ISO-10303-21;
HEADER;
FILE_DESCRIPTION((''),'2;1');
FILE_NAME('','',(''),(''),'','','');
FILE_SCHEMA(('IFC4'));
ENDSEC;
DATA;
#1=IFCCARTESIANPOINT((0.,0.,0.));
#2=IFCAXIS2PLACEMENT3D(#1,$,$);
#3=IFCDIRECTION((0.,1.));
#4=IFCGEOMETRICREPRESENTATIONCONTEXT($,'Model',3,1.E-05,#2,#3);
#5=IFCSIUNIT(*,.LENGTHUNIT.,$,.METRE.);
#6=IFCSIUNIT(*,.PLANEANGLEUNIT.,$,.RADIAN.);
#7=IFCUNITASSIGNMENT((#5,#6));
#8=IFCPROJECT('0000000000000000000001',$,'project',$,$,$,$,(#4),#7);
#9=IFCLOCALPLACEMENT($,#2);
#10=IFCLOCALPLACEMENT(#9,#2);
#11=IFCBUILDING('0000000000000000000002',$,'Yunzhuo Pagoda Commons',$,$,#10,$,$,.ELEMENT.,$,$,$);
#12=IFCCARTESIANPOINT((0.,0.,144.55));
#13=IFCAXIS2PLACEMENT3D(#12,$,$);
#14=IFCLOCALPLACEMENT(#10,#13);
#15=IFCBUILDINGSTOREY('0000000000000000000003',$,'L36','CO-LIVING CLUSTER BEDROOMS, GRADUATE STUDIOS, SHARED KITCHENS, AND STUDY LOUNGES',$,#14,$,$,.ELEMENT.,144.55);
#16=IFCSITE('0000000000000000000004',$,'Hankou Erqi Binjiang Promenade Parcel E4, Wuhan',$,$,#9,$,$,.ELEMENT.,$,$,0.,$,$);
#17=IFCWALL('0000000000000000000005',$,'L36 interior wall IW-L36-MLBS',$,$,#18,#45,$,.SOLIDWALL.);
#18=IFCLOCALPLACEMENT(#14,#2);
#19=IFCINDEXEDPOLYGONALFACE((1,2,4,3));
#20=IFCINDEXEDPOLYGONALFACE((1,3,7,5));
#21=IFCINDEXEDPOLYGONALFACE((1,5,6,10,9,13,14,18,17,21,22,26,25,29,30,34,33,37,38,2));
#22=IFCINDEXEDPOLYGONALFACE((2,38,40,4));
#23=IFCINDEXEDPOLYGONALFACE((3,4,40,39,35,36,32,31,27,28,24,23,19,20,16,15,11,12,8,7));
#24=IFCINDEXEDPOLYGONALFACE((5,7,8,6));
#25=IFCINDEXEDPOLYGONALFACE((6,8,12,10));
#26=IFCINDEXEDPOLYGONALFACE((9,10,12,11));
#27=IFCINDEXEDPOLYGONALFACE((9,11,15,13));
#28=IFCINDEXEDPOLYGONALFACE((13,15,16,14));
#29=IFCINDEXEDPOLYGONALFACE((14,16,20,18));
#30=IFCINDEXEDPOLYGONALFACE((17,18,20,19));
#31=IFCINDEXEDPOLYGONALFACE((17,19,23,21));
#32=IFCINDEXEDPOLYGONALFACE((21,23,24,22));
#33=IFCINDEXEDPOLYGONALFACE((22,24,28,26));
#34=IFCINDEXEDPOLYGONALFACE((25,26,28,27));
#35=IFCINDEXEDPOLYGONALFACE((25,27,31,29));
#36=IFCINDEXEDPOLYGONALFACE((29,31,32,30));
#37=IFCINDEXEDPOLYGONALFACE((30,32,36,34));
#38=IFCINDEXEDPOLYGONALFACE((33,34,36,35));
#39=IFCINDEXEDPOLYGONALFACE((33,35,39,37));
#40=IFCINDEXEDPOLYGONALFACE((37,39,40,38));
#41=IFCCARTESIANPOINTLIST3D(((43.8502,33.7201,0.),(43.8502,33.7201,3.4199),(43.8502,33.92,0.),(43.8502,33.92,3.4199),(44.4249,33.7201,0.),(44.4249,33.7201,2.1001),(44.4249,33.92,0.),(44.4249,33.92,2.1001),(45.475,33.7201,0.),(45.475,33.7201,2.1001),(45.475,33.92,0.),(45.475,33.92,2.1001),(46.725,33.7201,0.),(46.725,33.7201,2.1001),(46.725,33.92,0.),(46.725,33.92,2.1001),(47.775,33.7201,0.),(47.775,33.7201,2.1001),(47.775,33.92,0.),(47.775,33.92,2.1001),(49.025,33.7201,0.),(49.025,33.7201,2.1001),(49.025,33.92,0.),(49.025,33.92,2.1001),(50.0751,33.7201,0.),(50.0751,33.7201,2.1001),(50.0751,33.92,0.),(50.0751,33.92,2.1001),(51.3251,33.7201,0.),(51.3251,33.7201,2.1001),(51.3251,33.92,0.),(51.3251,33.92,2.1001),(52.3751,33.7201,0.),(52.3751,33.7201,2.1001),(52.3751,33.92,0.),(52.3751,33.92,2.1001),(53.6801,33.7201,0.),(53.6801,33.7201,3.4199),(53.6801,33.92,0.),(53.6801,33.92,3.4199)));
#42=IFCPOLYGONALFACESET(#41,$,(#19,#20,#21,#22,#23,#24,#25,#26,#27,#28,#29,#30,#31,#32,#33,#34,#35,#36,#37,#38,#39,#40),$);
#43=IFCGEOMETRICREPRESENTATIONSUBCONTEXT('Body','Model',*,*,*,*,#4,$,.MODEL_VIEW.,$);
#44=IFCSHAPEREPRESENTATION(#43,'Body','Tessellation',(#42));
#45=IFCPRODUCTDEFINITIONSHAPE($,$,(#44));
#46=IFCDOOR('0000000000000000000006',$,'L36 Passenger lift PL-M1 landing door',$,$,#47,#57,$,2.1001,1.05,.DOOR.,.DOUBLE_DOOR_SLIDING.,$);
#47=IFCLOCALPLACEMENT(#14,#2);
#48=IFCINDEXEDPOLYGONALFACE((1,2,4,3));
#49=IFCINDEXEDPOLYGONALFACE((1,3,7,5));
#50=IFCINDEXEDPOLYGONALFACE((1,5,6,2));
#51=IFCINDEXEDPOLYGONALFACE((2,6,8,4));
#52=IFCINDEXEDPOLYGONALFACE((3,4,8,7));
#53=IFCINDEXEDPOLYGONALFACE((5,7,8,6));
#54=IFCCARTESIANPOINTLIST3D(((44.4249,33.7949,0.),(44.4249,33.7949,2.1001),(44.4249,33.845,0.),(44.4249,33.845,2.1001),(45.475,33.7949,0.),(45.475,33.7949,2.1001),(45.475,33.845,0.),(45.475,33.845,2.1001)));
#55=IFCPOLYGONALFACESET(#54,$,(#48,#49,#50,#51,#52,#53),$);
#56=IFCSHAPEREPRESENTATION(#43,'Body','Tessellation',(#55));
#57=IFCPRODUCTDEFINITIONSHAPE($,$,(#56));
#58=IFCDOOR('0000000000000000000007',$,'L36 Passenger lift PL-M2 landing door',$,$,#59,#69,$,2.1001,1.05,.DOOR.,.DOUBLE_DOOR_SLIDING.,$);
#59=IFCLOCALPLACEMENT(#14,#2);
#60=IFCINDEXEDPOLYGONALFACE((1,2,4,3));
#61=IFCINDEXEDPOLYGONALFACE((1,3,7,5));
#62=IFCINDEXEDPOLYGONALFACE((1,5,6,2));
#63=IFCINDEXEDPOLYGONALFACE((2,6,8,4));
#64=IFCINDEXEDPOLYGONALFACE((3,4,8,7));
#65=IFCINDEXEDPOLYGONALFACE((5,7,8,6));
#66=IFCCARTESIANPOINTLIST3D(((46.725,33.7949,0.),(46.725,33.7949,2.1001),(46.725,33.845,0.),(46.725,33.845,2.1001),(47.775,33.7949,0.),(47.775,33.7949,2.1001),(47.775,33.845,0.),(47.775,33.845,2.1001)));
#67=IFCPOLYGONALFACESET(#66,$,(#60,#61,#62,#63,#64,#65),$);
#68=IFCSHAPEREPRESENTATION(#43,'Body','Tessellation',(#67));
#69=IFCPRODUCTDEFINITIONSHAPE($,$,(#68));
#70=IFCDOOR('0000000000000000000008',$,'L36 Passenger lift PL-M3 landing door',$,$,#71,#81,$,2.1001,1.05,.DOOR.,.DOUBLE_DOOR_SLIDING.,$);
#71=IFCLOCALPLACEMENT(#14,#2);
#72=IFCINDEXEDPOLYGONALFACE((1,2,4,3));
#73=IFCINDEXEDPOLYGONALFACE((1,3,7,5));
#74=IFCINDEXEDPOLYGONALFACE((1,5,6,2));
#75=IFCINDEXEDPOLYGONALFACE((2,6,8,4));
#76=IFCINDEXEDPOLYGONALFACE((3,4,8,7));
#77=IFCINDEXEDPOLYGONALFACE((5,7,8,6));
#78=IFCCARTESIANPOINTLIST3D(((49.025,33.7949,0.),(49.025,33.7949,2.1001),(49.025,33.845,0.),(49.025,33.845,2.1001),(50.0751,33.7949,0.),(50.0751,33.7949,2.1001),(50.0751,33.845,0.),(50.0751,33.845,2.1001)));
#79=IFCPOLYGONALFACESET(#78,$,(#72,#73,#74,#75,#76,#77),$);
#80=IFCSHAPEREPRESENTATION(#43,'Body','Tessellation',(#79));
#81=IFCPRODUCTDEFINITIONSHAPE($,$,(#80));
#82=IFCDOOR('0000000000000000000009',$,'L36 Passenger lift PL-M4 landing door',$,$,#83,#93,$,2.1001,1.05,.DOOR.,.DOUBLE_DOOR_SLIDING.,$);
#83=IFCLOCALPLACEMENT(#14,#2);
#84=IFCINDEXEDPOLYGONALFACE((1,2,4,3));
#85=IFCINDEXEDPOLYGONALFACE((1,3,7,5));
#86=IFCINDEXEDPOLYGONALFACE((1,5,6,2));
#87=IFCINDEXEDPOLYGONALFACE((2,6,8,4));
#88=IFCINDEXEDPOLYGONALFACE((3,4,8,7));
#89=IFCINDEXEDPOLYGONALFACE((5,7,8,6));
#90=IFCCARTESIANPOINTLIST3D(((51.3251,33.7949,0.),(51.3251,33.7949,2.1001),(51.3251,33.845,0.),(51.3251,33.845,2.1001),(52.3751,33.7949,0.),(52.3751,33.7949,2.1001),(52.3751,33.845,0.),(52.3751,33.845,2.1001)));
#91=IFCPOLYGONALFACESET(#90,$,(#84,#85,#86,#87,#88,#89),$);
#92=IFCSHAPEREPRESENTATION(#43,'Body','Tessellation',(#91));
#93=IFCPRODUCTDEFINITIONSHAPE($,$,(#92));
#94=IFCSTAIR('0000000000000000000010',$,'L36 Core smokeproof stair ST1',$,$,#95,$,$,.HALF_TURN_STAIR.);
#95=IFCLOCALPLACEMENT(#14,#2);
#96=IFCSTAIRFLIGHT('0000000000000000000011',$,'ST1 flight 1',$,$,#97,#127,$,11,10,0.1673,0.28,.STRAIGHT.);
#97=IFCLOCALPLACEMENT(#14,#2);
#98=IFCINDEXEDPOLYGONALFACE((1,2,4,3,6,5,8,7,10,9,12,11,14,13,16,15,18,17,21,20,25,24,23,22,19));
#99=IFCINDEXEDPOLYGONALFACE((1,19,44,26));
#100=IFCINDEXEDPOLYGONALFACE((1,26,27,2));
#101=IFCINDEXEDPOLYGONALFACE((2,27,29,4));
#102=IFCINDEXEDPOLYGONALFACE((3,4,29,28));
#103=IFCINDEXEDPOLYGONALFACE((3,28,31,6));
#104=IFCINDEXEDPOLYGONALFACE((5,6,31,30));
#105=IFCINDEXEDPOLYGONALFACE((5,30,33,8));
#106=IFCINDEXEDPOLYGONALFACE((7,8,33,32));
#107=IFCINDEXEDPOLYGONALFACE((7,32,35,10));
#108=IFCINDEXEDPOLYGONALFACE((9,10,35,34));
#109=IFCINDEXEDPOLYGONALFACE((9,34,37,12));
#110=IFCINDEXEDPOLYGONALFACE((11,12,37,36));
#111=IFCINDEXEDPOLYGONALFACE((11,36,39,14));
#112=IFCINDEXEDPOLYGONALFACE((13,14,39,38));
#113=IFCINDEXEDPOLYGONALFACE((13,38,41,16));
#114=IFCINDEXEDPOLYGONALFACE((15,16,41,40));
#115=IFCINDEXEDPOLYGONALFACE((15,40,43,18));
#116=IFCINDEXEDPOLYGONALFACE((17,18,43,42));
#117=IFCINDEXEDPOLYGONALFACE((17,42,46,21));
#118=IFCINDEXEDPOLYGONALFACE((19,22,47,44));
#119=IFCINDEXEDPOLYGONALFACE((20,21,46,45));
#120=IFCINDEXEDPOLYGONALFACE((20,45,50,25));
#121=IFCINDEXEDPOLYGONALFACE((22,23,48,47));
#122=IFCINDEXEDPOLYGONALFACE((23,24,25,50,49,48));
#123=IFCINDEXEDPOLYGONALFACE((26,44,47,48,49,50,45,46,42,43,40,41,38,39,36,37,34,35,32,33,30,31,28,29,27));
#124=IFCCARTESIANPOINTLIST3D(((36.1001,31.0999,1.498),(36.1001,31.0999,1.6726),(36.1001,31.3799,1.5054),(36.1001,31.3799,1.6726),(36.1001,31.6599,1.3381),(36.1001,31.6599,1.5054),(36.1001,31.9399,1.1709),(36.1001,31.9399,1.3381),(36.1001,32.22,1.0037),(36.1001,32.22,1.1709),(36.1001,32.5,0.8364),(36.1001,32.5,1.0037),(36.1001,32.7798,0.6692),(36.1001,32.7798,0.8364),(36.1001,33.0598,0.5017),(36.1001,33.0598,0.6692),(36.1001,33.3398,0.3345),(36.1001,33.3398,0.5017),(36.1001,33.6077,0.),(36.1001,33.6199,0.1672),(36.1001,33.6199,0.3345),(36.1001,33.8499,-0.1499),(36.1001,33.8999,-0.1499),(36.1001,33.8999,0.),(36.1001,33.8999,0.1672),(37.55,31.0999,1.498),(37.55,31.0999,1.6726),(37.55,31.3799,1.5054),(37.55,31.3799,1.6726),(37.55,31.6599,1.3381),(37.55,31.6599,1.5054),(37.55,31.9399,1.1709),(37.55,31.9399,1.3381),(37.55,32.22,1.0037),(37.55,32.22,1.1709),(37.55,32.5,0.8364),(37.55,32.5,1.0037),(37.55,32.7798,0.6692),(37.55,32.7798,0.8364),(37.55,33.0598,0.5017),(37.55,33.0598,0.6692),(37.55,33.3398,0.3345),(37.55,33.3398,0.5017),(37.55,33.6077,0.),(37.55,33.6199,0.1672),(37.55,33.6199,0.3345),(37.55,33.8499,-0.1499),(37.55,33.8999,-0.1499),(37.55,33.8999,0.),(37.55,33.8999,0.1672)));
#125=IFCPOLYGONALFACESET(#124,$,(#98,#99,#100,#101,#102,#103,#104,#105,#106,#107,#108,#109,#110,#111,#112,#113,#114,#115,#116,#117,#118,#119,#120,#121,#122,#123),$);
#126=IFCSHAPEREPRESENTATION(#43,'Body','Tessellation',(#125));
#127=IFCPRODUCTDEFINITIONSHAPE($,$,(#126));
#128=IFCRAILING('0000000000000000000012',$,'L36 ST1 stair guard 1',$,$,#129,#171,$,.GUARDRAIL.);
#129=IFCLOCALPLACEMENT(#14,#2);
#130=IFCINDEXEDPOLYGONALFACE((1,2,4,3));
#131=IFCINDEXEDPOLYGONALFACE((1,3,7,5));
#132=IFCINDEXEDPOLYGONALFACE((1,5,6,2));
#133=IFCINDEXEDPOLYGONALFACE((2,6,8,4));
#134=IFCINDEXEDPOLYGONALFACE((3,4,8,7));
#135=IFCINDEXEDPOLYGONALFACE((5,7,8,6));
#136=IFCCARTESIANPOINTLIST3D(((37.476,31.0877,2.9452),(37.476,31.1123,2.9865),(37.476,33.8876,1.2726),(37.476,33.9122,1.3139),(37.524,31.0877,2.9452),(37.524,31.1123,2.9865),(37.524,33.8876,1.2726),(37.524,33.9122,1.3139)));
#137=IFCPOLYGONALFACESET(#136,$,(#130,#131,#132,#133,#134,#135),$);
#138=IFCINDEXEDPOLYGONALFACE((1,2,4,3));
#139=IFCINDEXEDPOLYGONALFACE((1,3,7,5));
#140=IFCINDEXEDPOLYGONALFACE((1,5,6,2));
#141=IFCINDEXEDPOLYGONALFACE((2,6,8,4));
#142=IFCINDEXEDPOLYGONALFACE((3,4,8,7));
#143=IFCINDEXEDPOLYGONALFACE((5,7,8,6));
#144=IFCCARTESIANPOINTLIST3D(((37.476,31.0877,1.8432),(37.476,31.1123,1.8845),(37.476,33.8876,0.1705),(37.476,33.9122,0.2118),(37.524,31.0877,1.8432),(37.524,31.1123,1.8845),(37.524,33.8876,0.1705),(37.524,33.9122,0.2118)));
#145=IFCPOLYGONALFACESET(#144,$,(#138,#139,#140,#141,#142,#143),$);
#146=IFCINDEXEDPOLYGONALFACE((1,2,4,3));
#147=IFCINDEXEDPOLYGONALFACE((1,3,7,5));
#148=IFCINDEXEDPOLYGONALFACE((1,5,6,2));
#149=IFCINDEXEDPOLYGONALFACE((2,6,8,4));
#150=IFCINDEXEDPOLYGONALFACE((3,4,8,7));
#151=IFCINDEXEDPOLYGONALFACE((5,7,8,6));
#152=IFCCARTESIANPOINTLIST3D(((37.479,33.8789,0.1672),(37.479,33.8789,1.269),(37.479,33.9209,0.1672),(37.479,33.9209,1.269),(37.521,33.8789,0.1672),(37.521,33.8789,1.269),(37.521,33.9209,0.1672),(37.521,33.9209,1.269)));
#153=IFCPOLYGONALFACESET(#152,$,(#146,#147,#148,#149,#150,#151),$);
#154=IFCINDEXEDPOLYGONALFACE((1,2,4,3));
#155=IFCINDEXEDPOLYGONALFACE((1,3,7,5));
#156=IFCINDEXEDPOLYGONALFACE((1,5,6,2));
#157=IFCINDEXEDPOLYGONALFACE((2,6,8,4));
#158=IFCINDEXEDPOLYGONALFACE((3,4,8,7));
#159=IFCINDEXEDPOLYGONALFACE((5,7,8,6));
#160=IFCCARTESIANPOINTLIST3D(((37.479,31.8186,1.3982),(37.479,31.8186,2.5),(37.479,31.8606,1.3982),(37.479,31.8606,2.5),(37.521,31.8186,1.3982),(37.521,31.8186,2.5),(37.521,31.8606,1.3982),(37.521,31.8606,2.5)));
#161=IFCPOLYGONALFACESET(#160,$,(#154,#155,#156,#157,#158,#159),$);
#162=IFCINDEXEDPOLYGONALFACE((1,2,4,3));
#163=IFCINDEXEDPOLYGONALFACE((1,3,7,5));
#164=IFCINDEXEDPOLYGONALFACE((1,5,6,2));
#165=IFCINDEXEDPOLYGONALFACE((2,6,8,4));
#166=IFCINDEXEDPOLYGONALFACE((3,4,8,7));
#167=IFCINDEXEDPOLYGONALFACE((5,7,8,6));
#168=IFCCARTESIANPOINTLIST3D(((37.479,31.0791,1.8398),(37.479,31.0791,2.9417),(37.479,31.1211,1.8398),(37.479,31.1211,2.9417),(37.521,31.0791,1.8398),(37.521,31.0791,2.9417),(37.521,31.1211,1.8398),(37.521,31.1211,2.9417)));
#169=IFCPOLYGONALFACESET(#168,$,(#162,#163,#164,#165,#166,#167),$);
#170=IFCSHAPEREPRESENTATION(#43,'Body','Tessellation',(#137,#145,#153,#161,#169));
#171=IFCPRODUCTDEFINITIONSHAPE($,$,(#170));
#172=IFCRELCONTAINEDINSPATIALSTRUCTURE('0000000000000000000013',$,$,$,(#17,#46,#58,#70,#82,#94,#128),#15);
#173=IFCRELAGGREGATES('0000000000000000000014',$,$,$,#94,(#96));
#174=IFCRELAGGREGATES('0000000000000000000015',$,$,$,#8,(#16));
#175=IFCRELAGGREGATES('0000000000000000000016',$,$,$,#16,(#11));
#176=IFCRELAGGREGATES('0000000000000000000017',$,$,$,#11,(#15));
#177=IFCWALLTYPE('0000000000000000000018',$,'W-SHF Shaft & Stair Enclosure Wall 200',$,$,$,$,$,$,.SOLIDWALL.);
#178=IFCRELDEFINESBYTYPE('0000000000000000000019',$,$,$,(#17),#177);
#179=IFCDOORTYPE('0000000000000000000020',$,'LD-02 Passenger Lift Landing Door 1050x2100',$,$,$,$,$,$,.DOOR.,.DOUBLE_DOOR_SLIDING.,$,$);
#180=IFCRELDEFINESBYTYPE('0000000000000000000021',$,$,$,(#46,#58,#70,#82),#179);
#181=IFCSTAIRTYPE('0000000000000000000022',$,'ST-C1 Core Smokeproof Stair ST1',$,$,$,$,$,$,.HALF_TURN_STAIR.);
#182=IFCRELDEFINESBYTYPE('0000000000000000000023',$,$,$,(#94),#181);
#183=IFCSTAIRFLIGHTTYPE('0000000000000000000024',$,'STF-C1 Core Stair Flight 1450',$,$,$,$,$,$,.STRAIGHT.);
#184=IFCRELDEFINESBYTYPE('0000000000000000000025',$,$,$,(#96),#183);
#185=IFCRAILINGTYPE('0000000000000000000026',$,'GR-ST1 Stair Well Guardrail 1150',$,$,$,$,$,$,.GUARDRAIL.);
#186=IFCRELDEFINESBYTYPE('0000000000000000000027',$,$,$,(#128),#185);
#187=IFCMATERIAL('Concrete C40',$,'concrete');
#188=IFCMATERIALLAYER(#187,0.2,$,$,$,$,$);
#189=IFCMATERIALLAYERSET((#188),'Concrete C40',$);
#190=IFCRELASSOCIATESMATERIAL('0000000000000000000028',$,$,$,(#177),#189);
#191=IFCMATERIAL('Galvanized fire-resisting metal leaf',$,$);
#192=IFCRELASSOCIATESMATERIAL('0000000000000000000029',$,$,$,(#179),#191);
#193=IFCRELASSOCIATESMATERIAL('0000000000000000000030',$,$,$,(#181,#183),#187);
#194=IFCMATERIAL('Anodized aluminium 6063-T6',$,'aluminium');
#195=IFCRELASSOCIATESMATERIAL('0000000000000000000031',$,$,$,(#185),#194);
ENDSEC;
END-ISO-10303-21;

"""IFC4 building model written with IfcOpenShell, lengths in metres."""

from ifc_helpers import new_model, si_unit, direction, frame, frame_2d, origin, origin_with_axes, origin_2d, place, context, subcontext, project, spatial, polyline, rectangle, outline, extrude, source, transform, mapped, material, layer, layer_set, type_object, element, fill, aggregate, save


model = new_model("IFC4")

# Units and contexts
model_context = context("Model", 3, precision=1e-05, world=origin(), true_north=direction((0.0, 1.0)))
body_context = subcontext(model_context, "Body", "Model", "MODEL_VIEW")
ifc_project = project(units=[si_unit("LENGTHUNIT", "METRE"), si_unit("PLANEANGLEUNIT", "RADIAN")], contexts=[model_context])

# Site, building, storey
site_placement = place(None, origin())
site = spatial("IfcSite", under=ifc_project, at=site_placement, Name="Hankou Erqi Binjiang Promenade Parcel E4, Wuhan", CompositionType="ELEMENT", RefElevation=0.0)
building_placement = place(site_placement, origin())
building = spatial("IfcBuilding", under=site, at=building_placement, Name="Yunzhuo Pagoda Commons", CompositionType="ELEMENT")
storey_placement = place(building_placement, frame((0.0, 0.0, 144.55)))
storey = spatial("IfcBuildingStorey", under=building, at=storey_placement, Name="L36", Description="CO-LIVING CLUSTER BEDROOMS, GRADUATE STUDIOS, SHARED KITCHENS, AND STUDY LOUNGES", CompositionType="ELEMENT", Elevation=144.55)

# Shared definitions
ifc_material_1 = material(Name="Galvanized fire-resisting metal leaf")
shared_shape_1 = source(origin(), body_context, "Body", "SweptSolid", [
    extrude(rectangle(XDim=1.05, YDim=2.1001, at=frame_2d((0.5249, 1.05))), frame((0.0, 0.0249, 0.0), z_axis=(0.0, -1.0, 0.0), x_axis=(1.0, 0.0, 0.0)), (0.0, 0.0, 1.0), 0.05),
])
ifc_material_2 = material(Name="Concrete C40", Category="concrete")
ifc_layer_1 = layer(ifc_material_2, 0.2)
ifc_layer_set_1 = layer_set([ifc_layer_1], Name="Concrete C40")
wall_type_1 = type_object("IfcWallType", Name="W-SHF Shaft & Stair Enclosure Wall 200", PredefinedType="SOLIDWALL", material=ifc_layer_set_1)
door_type_1 = type_object("IfcDoorType", Name="LD-02 Passenger Lift Landing Door 1050x2100", OperationType="DOUBLE_DOOR_SLIDING", PredefinedType="DOOR", material=ifc_material_1)

# Wall, openings, doors
wall_1_placement = place(storey_placement, frame((43.8501, 33.8201, 0.0), z_axis=(0.0, 0.0, 1.0), x_axis=(1.0, 0.0, 0.0)))
wall_1 = element("IfcWall", 1, at=wall_1_placement, inside=storey, type_object=wall_type_1, Name="L36 interior wall IW-L36-MLBS", PredefinedType="SOLIDWALL", context=body_context, shape_type="SweptSolid", body=[
    extrude(rectangle(XDim=9.8298, YDim=0.2, at=frame_2d((4.915, 0.0))), origin(), (0.0, 0.0, 1.0), 3.4199),
])
opening_1_placement = place(wall_1_placement, frame((0.575, 0.0, 0.0)))
opening_1 = element("IfcOpeningElement", 2, at=opening_1_placement, cuts=wall_1, PredefinedType="OPENING", context=body_context, shape_type="SweptSolid", body=[
    extrude(rectangle(XDim=1.05, YDim=2.1001, at=frame_2d((0.5249, 1.05))), frame((0.0, 0.1099, 0.0), z_axis=(0.0, -1.0, 0.0), x_axis=(1.0, 0.0, 0.0)), (0.0, 0.0, 1.0), 0.22),
])
opening_2_placement = place(wall_1_placement, frame((2.875, 0.0, 0.0)))
opening_2 = element("IfcOpeningElement", 3, at=opening_2_placement, cuts=wall_1, PredefinedType="OPENING", context=body_context, shape_type="SweptSolid", body=[
    extrude(rectangle(XDim=1.05, YDim=2.1001, at=frame_2d((0.5249, 1.05))), frame((0.0, 0.1099, 0.0), z_axis=(0.0, -1.0, 0.0), x_axis=(1.0, 0.0, 0.0)), (0.0, 0.0, 1.0), 0.22),
])
opening_3_placement = place(wall_1_placement, frame((5.175, 0.0, 0.0)))
opening_3 = element("IfcOpeningElement", 4, at=opening_3_placement, cuts=wall_1, PredefinedType="OPENING", context=body_context, shape_type="SweptSolid", body=[
    extrude(rectangle(XDim=1.05, YDim=2.1001, at=frame_2d((0.5249, 1.05))), frame((0.0, 0.1099, 0.0), z_axis=(0.0, -1.0, 0.0), x_axis=(1.0, 0.0, 0.0)), (0.0, 0.0, 1.0), 0.22),
])
opening_4_placement = place(wall_1_placement, frame((7.4751, 0.0, 0.0)))
opening_4 = element("IfcOpeningElement", 5, at=opening_4_placement, cuts=wall_1, PredefinedType="OPENING", context=body_context, shape_type="SweptSolid", body=[
    extrude(rectangle(XDim=1.05, YDim=2.1001, at=frame_2d((0.5249, 1.05))), frame((0.0, 0.1099, 0.0), z_axis=(0.0, -1.0, 0.0), x_axis=(1.0, 0.0, 0.0)), (0.0, 0.0, 1.0), 0.22),
])
door_1_placement = place(opening_1_placement, origin_with_axes())
door_1 = element("IfcDoor", 6, at=door_1_placement, inside=storey, type_object=door_type_1, Name="L36 Passenger lift PL-M1 landing door", OperationType="DOUBLE_DOOR_SLIDING", OverallHeight=2.1001, OverallWidth=1.05, PredefinedType="DOOR", context=body_context, shape_type="MappedRepresentation", body=[
    mapped(shared_shape_1, transform((0.0, 0.0, 0.0), scale=1.0)),
])
fill(opening_1, door_1)
door_2_placement = place(opening_2_placement, origin_with_axes())
door_2 = element("IfcDoor", 7, at=door_2_placement, inside=storey, type_object=door_type_1, Name="L36 Passenger lift PL-M2 landing door", OperationType="DOUBLE_DOOR_SLIDING", OverallHeight=2.1001, OverallWidth=1.05, PredefinedType="DOOR", context=body_context, shape_type="MappedRepresentation", body=[
    mapped(shared_shape_1, transform((0.0, 0.0, 0.0), scale=1.0)),
])
fill(opening_2, door_2)
door_3_placement = place(opening_3_placement, origin_with_axes())
door_3 = element("IfcDoor", 8, at=door_3_placement, inside=storey, type_object=door_type_1, Name="L36 Passenger lift PL-M3 landing door", OperationType="DOUBLE_DOOR_SLIDING", OverallHeight=2.1001, OverallWidth=1.05, PredefinedType="DOOR", context=body_context, shape_type="MappedRepresentation", body=[
    mapped(shared_shape_1, transform((0.0, 0.0, 0.0), scale=1.0)),
])
fill(opening_3, door_3)
door_4_placement = place(opening_4_placement, origin_with_axes())
door_4 = element("IfcDoor", 9, at=door_4_placement, inside=storey, type_object=door_type_1, Name="L36 Passenger lift PL-M4 landing door", OperationType="DOUBLE_DOOR_SLIDING", OverallHeight=2.1001, OverallWidth=1.05, PredefinedType="DOOR", context=body_context, shape_type="MappedRepresentation", body=[
    mapped(shared_shape_1, transform((0.0, 0.0, 0.0), scale=1.0)),
])
fill(opening_4, door_4)

# Stair, stair flight
stair_type = type_object("IfcStairType", Name="ST-C1 Core Smokeproof Stair ST1", PredefinedType="HALF_TURN_STAIR", material=ifc_material_2)
stair_placement = place(storey_placement, origin())
stair = element("IfcStair", 10, at=stair_placement, inside=storey, type_object=stair_type, Name="L36 Core smokeproof stair ST1", PredefinedType="HALF_TURN_STAIR")
stair_flight_type = type_object("IfcStairFlightType", Name="STF-C1 Core Stair Flight 1450", PredefinedType="STRAIGHT", material=ifc_material_2)
shared_shape_2 = source(origin(), body_context, "Body", "SweptSolid", [
    extrude(outline(polyline([(0.0, -0.1499), (0.0, 0.0), (0.0, 0.1672), (0.28, 0.1672), (0.28, 0.3345), (0.5601, 0.3345), (0.5601, 0.5017), (0.8401, 0.5017), (0.8401, 0.6692), (1.1201, 0.6692), (1.1201, 0.8364), (1.3999, 0.8364), (1.3999, 1.0037), (1.6799, 1.0037), (1.6799, 1.1709), (1.96, 1.1709), (1.96, 1.3381), (2.24, 1.3381), (2.24, 1.5054), (2.52, 1.5054), (2.52, 1.6726), (2.8, 1.6726), (2.8, 1.8401), (2.8, 1.498), (0.2922, 0.0), (0.05, -0.1499), (0.0, -0.1499)])), frame((0.0, 0.7251, 0.0), z_axis=(0.0, -1.0, 0.0), x_axis=(1.0, 0.0, 0.0)), (0.0, 0.0, 1.0), 1.45),
])
stair_flight_placement = place(storey_placement, frame((36.825, 33.8999, 0.0), z_axis=(0.0, 0.0, 1.0), x_axis=(0.0, -1.0, 0.0)))
stair_flight = element("IfcStairFlight", 11, at=stair_flight_placement, type_object=stair_flight_type, Name="ST1 flight 1", NumberOfRisers=11, NumberOfTreads=10, PredefinedType="STRAIGHT", RiserHeight=0.1673, TreadLength=0.28, context=body_context, shape_type="MappedRepresentation", body=[
    mapped(shared_shape_2, transform((0.0, 0.0, 0.0), scale=1.0)),
])
aggregate(stair, [stair_flight])

# Railing
ifc_material_3 = material(Name="Anodized aluminium 6063-T6", Category="aluminium")
railing_type_1 = type_object("IfcRailingType", Name="GR-ST1 Stair Well Guardrail 1150", PredefinedType="GUARDRAIL", material=ifc_material_3)
railing_1_placement = place(storey_placement, frame((37.5, 33.8999, 0.1672)))
element("IfcRailing", 12, at=railing_1_placement, inside=storey, type_object=railing_type_1, Name="L36 ST1 stair guard 1", PredefinedType="GUARDRAIL", context=body_context, shape_type="SweptSolid", body=[
    extrude(rectangle(XDim=0.0481, YDim=0.0481, at=origin_2d()), frame((0.0, 0.0, 1.126), z_axis=(0.0, -0.858476, 0.512855), x_axis=(1.0, 0.0, 0.0)), (0.0, 0.0, 1.0), 3.2615),
    extrude(rectangle(XDim=0.0481, YDim=0.0481, at=origin_2d()), frame((0.0, 0.0, 0.0239), z_axis=(0.0, -0.858476, 0.512855), x_axis=(1.0, 0.0, 0.0)), (0.0, 0.0, 1.0), 3.2615),
    extrude(rectangle(XDim=0.042, YDim=0.042, at=origin_2d()), origin(), (0.0, 0.0, 1.0), 1.1018),
    extrude(rectangle(XDim=0.042, YDim=0.042, at=origin_2d()), frame((0.0, -2.0603, 1.231)), (0.0, 0.0, 1.0), 1.1018),
    extrude(rectangle(XDim=0.042, YDim=0.042, at=origin_2d()), frame((0.0, -2.7998, 1.6726)), (0.0, 0.0, 1.0), 1.1018),
])

save(model, "model.ifc")
